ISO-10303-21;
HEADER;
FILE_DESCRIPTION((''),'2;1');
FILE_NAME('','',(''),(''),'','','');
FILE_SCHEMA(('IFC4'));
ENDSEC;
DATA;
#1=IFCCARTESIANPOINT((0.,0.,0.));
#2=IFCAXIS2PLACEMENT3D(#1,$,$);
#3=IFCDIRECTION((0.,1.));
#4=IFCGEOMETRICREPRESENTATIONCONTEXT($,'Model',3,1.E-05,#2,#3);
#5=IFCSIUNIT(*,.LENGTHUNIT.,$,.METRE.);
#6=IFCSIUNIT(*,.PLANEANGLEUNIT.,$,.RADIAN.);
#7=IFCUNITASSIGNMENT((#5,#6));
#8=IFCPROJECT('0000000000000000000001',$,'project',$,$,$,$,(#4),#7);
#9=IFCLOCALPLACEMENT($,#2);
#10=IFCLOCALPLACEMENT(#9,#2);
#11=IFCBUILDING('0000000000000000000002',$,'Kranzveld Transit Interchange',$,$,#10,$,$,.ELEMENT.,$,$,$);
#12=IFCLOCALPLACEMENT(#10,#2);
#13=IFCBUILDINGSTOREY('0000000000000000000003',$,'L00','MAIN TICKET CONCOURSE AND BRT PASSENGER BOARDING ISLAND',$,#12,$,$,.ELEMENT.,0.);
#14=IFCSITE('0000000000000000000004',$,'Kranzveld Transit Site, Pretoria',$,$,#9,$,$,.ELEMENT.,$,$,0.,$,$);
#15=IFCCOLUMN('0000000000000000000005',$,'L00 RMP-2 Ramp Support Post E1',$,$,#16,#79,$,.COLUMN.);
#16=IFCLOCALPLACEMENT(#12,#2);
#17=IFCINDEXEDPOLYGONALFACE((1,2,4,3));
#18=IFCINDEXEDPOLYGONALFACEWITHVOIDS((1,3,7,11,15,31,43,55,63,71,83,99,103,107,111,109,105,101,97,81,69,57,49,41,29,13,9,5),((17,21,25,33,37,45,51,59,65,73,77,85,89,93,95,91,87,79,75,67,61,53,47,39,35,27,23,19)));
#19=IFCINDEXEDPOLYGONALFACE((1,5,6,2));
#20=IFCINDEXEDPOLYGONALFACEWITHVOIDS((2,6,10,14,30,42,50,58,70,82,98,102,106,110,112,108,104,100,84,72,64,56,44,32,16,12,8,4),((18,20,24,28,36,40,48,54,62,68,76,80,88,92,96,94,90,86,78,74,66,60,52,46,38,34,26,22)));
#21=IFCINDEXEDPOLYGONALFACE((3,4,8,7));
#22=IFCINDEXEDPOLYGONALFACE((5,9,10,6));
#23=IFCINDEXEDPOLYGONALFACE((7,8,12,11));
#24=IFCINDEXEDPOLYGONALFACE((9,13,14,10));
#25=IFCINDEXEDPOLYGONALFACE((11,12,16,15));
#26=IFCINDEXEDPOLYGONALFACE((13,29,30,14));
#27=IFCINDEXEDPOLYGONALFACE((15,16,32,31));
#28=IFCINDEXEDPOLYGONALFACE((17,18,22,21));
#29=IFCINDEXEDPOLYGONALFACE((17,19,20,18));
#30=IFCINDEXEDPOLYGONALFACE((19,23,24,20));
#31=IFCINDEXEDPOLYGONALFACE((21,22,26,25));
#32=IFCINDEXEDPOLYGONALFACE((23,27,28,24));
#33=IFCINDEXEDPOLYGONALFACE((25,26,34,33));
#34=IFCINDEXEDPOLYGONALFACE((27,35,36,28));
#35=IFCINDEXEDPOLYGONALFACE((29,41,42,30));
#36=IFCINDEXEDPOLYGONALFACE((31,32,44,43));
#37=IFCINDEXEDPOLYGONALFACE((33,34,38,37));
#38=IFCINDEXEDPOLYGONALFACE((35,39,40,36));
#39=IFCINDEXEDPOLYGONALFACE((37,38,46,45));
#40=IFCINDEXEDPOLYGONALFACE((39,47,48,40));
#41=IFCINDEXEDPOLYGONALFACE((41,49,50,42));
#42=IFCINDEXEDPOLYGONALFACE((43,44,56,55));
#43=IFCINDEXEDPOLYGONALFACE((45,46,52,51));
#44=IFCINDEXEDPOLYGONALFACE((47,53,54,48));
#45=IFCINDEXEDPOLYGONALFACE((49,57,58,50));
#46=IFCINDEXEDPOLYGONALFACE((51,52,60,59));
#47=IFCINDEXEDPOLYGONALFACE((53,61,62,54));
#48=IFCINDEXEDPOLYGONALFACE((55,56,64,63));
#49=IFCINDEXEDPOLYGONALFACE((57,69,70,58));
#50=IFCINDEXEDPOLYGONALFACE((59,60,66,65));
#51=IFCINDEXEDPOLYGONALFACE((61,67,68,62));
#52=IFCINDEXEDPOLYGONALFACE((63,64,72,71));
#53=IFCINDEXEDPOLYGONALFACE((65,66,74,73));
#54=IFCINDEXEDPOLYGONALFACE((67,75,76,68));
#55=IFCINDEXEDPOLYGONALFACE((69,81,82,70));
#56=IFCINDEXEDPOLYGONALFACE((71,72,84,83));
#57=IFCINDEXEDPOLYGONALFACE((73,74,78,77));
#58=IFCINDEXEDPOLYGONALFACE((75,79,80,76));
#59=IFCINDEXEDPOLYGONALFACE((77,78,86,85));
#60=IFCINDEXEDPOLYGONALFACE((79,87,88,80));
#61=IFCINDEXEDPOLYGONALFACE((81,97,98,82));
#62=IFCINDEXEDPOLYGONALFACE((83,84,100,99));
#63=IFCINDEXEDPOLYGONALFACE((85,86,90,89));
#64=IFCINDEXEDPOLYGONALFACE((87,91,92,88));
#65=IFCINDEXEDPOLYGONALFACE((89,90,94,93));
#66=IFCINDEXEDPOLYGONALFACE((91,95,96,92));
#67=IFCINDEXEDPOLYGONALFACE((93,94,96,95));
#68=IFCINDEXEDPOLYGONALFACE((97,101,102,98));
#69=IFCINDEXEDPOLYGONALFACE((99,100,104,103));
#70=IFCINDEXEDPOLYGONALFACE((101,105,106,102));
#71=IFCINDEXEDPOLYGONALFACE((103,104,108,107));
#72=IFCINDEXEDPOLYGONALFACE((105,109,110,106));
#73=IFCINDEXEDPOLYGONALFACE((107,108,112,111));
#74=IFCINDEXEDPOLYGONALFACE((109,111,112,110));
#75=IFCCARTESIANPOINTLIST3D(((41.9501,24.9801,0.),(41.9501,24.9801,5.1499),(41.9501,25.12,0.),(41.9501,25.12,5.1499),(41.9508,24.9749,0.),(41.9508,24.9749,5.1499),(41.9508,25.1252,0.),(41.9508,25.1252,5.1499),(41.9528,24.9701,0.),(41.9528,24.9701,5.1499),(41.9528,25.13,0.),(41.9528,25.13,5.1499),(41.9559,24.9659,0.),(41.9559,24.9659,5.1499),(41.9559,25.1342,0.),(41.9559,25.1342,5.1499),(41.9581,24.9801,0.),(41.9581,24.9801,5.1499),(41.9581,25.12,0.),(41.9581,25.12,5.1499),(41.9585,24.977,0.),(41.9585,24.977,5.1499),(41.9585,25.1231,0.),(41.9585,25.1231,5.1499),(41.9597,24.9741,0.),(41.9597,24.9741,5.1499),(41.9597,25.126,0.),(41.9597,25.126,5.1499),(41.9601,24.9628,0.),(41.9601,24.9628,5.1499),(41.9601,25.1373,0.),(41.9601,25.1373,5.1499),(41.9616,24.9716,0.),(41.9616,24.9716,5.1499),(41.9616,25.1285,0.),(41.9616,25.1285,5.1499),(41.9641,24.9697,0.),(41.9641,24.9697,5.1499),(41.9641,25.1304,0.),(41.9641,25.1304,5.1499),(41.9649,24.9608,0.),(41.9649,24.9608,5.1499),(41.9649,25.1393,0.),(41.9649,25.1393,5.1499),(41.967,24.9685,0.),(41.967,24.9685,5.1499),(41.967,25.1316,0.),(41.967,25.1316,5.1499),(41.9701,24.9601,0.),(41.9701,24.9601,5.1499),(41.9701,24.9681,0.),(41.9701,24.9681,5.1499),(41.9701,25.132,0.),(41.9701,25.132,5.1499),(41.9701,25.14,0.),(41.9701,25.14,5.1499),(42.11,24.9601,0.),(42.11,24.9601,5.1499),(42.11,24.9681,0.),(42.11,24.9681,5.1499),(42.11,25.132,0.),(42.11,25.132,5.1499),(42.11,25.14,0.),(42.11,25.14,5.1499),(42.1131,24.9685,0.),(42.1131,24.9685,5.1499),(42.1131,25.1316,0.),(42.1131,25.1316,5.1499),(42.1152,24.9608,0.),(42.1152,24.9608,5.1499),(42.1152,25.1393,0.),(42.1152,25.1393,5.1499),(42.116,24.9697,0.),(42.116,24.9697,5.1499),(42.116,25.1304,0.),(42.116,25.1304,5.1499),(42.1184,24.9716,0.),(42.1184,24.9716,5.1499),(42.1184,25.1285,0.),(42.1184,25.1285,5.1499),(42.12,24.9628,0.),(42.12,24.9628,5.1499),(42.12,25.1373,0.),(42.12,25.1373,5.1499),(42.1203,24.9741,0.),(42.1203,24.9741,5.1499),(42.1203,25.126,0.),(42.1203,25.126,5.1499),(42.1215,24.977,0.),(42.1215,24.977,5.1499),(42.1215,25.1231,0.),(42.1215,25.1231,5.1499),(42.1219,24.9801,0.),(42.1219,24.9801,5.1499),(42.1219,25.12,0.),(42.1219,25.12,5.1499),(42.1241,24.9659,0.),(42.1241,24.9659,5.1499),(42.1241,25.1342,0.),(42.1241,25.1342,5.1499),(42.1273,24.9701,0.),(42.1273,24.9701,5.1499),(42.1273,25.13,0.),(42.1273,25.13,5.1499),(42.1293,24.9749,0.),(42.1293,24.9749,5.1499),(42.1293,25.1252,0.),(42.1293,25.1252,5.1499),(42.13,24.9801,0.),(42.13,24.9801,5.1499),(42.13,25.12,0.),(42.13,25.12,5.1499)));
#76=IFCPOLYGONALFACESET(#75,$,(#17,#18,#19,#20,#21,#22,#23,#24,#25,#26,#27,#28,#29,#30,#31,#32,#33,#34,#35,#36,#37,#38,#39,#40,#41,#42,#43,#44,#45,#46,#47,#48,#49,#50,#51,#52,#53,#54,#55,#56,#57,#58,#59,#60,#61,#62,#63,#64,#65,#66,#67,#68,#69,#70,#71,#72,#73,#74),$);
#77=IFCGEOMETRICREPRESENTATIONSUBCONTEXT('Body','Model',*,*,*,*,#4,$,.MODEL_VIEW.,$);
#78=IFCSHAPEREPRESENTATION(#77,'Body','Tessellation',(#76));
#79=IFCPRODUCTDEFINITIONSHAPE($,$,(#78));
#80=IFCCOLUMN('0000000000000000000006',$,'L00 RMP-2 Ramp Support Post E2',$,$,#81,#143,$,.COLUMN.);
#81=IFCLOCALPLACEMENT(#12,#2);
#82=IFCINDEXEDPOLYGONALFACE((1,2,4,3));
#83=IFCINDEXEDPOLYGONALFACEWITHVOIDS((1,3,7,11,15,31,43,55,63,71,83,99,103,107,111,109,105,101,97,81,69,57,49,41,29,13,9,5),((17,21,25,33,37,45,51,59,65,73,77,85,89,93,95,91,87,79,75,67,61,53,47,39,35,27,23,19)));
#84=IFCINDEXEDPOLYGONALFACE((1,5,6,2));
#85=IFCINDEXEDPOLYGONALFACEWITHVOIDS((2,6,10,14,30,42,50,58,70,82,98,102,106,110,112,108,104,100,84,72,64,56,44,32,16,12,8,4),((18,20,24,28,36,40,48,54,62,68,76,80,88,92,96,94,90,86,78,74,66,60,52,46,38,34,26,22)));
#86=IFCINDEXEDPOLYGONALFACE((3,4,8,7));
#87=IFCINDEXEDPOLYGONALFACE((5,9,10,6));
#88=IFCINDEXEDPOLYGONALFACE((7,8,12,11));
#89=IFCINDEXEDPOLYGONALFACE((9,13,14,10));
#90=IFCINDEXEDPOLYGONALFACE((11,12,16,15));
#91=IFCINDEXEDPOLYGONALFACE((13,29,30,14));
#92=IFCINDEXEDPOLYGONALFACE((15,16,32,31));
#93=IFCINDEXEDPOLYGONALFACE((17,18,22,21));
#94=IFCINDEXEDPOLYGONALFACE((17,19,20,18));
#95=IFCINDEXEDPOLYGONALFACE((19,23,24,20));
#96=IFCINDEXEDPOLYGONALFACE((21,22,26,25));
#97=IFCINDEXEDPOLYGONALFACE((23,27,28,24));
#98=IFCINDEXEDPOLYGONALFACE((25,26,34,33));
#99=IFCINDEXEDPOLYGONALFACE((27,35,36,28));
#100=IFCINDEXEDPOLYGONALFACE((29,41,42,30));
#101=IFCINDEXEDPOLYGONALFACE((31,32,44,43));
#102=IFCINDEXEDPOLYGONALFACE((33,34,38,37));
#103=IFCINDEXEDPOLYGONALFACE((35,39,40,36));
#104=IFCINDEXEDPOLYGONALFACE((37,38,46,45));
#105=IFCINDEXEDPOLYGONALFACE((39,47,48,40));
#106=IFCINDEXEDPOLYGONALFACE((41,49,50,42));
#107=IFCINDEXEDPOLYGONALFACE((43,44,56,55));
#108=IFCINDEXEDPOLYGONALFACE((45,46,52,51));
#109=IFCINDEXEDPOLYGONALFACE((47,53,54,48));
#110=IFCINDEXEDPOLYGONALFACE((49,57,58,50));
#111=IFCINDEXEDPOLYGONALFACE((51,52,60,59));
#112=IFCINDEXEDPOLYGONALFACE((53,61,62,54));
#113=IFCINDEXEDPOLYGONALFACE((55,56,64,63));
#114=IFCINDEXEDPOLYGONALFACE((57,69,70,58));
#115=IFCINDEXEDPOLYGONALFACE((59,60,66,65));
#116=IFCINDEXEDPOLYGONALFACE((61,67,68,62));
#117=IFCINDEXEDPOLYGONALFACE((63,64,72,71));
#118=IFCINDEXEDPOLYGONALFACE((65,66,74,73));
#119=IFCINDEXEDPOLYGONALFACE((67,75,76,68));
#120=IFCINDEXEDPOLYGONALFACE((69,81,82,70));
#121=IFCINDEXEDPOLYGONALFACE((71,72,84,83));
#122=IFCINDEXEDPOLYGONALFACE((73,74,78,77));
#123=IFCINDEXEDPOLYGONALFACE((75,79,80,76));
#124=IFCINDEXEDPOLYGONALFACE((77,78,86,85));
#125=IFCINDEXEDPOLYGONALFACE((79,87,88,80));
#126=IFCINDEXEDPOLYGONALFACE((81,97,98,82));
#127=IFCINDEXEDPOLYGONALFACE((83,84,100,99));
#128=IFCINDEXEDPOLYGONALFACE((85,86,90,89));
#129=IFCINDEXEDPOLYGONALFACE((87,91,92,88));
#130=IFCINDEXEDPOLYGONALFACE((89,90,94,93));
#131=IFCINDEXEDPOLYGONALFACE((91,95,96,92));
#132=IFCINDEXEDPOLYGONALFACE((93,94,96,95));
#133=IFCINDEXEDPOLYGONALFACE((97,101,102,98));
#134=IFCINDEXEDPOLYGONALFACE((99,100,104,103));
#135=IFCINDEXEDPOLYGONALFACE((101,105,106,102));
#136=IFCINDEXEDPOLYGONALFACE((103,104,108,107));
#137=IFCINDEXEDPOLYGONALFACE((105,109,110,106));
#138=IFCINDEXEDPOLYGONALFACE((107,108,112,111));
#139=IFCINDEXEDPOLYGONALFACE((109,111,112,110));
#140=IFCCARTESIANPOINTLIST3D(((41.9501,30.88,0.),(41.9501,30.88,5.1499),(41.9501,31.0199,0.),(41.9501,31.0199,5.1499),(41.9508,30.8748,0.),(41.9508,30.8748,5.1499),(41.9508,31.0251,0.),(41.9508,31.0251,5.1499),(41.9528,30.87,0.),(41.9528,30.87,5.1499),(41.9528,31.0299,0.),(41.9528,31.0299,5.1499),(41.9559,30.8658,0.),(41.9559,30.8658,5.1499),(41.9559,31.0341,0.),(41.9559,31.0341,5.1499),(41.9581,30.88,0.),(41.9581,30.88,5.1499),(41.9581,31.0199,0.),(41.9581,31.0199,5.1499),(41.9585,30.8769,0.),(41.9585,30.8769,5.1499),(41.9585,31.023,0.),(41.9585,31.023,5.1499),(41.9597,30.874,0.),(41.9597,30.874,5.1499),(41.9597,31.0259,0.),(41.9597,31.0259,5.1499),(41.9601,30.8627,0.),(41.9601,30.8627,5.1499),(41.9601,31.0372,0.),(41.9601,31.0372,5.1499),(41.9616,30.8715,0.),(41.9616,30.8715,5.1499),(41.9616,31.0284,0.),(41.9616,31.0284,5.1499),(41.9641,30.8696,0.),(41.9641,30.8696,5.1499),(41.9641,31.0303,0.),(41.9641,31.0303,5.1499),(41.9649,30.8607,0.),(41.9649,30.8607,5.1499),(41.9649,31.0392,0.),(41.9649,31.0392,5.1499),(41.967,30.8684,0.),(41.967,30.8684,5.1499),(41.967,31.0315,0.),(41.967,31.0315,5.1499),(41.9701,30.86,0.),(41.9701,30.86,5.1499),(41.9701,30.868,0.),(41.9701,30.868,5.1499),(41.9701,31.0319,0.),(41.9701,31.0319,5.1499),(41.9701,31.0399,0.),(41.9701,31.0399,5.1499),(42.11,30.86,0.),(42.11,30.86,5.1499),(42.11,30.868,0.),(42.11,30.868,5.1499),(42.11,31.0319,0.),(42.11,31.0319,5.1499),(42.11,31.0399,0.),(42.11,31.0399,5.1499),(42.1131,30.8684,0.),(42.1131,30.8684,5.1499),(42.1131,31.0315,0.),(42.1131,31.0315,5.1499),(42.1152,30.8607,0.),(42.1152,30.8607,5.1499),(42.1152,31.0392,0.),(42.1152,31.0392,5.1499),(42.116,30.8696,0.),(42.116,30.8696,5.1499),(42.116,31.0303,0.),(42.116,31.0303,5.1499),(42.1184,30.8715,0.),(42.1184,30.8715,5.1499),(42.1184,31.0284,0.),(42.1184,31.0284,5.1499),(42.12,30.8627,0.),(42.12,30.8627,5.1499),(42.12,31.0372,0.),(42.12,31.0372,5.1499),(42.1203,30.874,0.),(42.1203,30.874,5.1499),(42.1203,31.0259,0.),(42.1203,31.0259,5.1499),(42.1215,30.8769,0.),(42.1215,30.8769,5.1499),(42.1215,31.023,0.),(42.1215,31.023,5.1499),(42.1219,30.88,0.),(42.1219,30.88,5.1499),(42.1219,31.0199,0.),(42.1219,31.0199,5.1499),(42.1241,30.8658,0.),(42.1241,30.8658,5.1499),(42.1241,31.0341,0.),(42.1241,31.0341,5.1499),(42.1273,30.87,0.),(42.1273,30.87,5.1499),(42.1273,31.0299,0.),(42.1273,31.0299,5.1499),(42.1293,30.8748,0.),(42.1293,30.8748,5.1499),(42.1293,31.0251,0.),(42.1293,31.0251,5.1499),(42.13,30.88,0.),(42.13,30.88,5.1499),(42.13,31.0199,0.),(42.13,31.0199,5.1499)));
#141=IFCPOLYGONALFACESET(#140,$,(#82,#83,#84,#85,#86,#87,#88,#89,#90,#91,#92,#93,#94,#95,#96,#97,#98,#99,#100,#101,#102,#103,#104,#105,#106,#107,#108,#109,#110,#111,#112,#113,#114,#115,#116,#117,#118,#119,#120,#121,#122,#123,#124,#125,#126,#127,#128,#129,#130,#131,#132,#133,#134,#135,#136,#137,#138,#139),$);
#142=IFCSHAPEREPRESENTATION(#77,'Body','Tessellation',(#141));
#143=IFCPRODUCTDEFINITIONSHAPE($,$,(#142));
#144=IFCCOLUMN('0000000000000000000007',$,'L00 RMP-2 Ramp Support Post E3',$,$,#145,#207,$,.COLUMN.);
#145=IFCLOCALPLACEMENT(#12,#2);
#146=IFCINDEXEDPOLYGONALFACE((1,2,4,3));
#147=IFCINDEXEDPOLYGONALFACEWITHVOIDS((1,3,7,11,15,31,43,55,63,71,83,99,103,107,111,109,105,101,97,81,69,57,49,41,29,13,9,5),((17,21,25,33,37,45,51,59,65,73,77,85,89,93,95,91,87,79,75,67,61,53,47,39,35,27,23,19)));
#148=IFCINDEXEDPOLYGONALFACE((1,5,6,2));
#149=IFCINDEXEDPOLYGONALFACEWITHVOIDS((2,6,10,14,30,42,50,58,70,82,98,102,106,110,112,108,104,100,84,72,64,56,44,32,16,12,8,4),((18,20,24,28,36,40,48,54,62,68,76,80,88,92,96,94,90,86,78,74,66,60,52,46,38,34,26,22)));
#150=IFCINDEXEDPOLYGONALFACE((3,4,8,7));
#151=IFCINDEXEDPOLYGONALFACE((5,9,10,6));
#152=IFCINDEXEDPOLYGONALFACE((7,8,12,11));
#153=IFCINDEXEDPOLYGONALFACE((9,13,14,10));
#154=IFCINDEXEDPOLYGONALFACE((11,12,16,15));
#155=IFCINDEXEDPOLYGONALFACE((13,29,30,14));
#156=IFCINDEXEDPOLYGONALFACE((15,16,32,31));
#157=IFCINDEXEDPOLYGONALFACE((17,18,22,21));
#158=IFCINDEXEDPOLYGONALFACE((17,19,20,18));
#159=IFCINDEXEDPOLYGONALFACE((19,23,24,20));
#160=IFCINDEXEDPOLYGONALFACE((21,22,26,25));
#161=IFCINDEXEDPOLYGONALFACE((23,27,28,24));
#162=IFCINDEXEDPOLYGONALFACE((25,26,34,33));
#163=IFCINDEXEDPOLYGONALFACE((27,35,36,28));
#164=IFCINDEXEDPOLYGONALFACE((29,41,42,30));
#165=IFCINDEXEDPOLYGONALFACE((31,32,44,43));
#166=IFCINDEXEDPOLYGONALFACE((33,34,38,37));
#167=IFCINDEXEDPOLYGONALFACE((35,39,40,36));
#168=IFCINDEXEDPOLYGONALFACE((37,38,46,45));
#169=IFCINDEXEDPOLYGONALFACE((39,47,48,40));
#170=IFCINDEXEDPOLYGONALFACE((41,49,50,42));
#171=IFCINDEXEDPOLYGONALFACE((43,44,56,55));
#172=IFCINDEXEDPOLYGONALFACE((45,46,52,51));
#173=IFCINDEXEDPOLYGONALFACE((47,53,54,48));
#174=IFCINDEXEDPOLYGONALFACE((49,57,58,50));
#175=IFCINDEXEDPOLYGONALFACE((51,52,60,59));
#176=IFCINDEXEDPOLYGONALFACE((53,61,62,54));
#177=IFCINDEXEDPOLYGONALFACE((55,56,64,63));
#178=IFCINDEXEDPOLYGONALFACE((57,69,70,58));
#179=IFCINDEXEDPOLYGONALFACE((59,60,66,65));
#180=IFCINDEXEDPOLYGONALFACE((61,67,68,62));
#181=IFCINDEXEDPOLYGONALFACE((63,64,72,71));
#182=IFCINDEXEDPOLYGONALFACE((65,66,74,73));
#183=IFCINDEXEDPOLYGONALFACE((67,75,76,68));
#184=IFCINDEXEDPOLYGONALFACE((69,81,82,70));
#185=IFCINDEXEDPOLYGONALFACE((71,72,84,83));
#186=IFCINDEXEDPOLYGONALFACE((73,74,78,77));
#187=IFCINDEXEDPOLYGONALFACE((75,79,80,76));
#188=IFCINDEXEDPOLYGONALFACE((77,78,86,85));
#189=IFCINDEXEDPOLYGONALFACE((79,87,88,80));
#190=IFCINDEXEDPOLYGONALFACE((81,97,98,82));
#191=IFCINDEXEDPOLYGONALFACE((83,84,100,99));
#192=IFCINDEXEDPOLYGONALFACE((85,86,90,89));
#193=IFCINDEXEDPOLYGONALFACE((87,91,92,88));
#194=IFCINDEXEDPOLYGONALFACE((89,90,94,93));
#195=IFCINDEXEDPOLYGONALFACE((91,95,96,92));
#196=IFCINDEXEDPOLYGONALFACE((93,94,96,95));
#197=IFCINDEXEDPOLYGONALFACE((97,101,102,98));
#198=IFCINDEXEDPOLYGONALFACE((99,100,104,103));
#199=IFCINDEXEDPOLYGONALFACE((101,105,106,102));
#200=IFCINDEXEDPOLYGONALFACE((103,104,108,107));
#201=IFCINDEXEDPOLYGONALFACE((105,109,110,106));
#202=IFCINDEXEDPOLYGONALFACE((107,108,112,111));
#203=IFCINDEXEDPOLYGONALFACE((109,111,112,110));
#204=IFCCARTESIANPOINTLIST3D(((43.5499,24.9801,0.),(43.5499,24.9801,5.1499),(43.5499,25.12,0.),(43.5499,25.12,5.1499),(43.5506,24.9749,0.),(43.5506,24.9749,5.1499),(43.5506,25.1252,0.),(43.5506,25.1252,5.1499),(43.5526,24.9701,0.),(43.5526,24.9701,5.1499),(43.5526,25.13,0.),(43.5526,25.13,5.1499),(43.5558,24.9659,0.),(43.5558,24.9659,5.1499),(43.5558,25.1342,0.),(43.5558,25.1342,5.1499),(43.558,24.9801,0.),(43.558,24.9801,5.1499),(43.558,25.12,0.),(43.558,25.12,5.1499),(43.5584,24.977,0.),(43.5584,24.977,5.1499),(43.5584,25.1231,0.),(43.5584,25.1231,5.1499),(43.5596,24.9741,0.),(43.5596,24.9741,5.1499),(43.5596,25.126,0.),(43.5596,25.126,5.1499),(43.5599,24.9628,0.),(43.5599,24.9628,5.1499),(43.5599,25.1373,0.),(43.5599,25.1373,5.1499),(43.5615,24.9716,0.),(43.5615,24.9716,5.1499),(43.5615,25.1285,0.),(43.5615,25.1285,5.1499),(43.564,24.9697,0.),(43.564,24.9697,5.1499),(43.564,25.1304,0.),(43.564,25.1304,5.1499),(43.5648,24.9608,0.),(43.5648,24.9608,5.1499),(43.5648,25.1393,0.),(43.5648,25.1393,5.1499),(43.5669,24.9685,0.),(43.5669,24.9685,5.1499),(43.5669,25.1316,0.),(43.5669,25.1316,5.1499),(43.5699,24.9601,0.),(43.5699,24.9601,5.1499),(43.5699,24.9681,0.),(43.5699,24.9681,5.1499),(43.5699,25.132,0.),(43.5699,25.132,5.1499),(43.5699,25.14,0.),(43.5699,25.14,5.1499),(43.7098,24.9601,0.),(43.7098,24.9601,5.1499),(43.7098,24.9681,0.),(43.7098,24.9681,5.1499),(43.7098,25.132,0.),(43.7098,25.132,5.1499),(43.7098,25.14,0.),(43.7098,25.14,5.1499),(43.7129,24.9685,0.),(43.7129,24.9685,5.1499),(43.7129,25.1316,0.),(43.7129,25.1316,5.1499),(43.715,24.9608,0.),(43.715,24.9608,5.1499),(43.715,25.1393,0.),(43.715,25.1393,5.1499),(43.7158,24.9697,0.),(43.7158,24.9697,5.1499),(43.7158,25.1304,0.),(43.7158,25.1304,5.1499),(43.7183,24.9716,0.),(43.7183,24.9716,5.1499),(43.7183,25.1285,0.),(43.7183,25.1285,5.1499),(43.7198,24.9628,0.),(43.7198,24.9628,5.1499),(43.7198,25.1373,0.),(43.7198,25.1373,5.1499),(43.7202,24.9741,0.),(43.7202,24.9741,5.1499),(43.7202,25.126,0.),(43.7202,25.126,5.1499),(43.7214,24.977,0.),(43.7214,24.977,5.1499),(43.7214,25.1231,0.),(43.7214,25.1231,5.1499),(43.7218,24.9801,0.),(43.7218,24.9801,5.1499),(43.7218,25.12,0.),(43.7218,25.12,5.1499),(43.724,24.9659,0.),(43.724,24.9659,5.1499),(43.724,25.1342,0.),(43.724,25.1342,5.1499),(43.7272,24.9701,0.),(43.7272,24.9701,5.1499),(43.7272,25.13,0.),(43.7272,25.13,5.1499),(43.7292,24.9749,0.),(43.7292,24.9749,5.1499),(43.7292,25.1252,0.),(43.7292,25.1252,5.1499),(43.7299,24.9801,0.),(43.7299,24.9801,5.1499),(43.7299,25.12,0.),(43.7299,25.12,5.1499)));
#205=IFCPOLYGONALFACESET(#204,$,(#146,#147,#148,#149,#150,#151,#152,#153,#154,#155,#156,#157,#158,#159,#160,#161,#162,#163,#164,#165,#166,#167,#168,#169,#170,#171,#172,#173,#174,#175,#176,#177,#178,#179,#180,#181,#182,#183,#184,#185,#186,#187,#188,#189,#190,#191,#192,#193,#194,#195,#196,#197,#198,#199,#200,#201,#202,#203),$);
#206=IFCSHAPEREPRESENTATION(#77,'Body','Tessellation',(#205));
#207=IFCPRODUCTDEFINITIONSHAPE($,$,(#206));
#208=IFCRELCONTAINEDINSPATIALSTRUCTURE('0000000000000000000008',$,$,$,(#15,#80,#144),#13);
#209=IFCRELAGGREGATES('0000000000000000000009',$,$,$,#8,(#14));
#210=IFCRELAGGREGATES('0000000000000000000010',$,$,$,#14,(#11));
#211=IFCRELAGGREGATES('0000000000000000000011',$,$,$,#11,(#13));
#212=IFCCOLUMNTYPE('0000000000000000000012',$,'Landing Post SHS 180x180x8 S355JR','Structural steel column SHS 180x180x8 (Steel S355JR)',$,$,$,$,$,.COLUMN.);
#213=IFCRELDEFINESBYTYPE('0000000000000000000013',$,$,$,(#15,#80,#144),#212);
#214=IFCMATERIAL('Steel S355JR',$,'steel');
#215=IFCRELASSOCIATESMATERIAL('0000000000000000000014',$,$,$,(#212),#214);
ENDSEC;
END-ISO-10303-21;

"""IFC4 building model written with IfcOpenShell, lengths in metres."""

from ifc_helpers import new_model, si_unit, direction, frame, origin, origin_2d, place, context, subcontext, project, spatial, hollow_rectangle, extrude, material, material_profile, profile_set, type_object, element, save


model = new_model("IFC4")

# Units and contexts
model_context = context("Model", 3, precision=1e-05, world=origin(), true_north=direction((0.0, 1.0)))
body_context = subcontext(model_context, "Body", "Model", "MODEL_VIEW")
ifc_project = project(units=[si_unit("LENGTHUNIT", "METRE"), si_unit("PLANEANGLEUNIT", "RADIAN")], contexts=[model_context])

# Site, building, storey
site_placement = place(None, origin())
site = spatial("IfcSite", under=ifc_project, at=site_placement, Name="Kranzveld Transit Site, Pretoria", CompositionType="ELEMENT", RefElevation=0.0)
building_placement = place(site_placement, origin())
building = spatial("IfcBuilding", under=site, at=building_placement, Name="Kranzveld Transit Interchange", CompositionType="ELEMENT")
storey_placement = place(building_placement, origin())
storey = spatial("IfcBuildingStorey", under=building, at=storey_placement, Name="L00", Description="MAIN TICKET CONCOURSE AND BRT PASSENGER BOARDING ISLAND", CompositionType="ELEMENT", Elevation=0.0)

# Columns
ifc_material_1 = material(Name="Steel S355JR", Category="steel")
ifc_material_profile_1 = material_profile(ifc_material_1, hollow_rectangle(XDim=0.1799, YDim=0.1799, WallThickness=0.0081, InnerFilletRadius=0.012, OuterFilletRadius=0.02, at=origin_2d()), Name="SHS 180x180x8")
ifc_profile_set_1 = profile_set([ifc_material_profile_1], Name="Steel S355JR")
column_type_1 = type_object("IfcColumnType", Name="Landing Post SHS 180x180x8 S355JR", Description="Structural steel column SHS 180x180x8 (Steel S355JR)", PredefinedType="COLUMN", material=ifc_profile_set_1)
for number, where, z_axis, x_axis, name in (
    (1, (42.04, 25.05, 0.0), (0.0, 0.0, 1.0), (1.0, 0.0, 0.0), "L00 RMP-2 Ramp Support Post E1"),
    (2, (42.04, 30.95, 0.0), (0.0, 0.0, 1.0), (1.0, 0.0, 0.0), "L00 RMP-2 Ramp Support Post E2"),
    (3, (43.6399, 25.05, 0.0), (0.0, 0.0, 1.0), (1.0, 0.0, 0.0), "L00 RMP-2 Ramp Support Post E3"),
):
    element("IfcColumn", number, at=place(storey_placement, frame(where, z_axis=z_axis, x_axis=x_axis)), inside=storey, type_object=column_type_1, Name=name, PredefinedType="COLUMN", context=body_context, shape_type="SweptSolid", body=[
        extrude(hollow_rectangle(XDim=0.1799, YDim=0.1799, WallThickness=0.0081, InnerFilletRadius=0.012, OuterFilletRadius=0.02, at=origin_2d()), origin(), (0.0, 0.0, 1.0), 5.1499),
    ])

save(model, "model.ifc")
